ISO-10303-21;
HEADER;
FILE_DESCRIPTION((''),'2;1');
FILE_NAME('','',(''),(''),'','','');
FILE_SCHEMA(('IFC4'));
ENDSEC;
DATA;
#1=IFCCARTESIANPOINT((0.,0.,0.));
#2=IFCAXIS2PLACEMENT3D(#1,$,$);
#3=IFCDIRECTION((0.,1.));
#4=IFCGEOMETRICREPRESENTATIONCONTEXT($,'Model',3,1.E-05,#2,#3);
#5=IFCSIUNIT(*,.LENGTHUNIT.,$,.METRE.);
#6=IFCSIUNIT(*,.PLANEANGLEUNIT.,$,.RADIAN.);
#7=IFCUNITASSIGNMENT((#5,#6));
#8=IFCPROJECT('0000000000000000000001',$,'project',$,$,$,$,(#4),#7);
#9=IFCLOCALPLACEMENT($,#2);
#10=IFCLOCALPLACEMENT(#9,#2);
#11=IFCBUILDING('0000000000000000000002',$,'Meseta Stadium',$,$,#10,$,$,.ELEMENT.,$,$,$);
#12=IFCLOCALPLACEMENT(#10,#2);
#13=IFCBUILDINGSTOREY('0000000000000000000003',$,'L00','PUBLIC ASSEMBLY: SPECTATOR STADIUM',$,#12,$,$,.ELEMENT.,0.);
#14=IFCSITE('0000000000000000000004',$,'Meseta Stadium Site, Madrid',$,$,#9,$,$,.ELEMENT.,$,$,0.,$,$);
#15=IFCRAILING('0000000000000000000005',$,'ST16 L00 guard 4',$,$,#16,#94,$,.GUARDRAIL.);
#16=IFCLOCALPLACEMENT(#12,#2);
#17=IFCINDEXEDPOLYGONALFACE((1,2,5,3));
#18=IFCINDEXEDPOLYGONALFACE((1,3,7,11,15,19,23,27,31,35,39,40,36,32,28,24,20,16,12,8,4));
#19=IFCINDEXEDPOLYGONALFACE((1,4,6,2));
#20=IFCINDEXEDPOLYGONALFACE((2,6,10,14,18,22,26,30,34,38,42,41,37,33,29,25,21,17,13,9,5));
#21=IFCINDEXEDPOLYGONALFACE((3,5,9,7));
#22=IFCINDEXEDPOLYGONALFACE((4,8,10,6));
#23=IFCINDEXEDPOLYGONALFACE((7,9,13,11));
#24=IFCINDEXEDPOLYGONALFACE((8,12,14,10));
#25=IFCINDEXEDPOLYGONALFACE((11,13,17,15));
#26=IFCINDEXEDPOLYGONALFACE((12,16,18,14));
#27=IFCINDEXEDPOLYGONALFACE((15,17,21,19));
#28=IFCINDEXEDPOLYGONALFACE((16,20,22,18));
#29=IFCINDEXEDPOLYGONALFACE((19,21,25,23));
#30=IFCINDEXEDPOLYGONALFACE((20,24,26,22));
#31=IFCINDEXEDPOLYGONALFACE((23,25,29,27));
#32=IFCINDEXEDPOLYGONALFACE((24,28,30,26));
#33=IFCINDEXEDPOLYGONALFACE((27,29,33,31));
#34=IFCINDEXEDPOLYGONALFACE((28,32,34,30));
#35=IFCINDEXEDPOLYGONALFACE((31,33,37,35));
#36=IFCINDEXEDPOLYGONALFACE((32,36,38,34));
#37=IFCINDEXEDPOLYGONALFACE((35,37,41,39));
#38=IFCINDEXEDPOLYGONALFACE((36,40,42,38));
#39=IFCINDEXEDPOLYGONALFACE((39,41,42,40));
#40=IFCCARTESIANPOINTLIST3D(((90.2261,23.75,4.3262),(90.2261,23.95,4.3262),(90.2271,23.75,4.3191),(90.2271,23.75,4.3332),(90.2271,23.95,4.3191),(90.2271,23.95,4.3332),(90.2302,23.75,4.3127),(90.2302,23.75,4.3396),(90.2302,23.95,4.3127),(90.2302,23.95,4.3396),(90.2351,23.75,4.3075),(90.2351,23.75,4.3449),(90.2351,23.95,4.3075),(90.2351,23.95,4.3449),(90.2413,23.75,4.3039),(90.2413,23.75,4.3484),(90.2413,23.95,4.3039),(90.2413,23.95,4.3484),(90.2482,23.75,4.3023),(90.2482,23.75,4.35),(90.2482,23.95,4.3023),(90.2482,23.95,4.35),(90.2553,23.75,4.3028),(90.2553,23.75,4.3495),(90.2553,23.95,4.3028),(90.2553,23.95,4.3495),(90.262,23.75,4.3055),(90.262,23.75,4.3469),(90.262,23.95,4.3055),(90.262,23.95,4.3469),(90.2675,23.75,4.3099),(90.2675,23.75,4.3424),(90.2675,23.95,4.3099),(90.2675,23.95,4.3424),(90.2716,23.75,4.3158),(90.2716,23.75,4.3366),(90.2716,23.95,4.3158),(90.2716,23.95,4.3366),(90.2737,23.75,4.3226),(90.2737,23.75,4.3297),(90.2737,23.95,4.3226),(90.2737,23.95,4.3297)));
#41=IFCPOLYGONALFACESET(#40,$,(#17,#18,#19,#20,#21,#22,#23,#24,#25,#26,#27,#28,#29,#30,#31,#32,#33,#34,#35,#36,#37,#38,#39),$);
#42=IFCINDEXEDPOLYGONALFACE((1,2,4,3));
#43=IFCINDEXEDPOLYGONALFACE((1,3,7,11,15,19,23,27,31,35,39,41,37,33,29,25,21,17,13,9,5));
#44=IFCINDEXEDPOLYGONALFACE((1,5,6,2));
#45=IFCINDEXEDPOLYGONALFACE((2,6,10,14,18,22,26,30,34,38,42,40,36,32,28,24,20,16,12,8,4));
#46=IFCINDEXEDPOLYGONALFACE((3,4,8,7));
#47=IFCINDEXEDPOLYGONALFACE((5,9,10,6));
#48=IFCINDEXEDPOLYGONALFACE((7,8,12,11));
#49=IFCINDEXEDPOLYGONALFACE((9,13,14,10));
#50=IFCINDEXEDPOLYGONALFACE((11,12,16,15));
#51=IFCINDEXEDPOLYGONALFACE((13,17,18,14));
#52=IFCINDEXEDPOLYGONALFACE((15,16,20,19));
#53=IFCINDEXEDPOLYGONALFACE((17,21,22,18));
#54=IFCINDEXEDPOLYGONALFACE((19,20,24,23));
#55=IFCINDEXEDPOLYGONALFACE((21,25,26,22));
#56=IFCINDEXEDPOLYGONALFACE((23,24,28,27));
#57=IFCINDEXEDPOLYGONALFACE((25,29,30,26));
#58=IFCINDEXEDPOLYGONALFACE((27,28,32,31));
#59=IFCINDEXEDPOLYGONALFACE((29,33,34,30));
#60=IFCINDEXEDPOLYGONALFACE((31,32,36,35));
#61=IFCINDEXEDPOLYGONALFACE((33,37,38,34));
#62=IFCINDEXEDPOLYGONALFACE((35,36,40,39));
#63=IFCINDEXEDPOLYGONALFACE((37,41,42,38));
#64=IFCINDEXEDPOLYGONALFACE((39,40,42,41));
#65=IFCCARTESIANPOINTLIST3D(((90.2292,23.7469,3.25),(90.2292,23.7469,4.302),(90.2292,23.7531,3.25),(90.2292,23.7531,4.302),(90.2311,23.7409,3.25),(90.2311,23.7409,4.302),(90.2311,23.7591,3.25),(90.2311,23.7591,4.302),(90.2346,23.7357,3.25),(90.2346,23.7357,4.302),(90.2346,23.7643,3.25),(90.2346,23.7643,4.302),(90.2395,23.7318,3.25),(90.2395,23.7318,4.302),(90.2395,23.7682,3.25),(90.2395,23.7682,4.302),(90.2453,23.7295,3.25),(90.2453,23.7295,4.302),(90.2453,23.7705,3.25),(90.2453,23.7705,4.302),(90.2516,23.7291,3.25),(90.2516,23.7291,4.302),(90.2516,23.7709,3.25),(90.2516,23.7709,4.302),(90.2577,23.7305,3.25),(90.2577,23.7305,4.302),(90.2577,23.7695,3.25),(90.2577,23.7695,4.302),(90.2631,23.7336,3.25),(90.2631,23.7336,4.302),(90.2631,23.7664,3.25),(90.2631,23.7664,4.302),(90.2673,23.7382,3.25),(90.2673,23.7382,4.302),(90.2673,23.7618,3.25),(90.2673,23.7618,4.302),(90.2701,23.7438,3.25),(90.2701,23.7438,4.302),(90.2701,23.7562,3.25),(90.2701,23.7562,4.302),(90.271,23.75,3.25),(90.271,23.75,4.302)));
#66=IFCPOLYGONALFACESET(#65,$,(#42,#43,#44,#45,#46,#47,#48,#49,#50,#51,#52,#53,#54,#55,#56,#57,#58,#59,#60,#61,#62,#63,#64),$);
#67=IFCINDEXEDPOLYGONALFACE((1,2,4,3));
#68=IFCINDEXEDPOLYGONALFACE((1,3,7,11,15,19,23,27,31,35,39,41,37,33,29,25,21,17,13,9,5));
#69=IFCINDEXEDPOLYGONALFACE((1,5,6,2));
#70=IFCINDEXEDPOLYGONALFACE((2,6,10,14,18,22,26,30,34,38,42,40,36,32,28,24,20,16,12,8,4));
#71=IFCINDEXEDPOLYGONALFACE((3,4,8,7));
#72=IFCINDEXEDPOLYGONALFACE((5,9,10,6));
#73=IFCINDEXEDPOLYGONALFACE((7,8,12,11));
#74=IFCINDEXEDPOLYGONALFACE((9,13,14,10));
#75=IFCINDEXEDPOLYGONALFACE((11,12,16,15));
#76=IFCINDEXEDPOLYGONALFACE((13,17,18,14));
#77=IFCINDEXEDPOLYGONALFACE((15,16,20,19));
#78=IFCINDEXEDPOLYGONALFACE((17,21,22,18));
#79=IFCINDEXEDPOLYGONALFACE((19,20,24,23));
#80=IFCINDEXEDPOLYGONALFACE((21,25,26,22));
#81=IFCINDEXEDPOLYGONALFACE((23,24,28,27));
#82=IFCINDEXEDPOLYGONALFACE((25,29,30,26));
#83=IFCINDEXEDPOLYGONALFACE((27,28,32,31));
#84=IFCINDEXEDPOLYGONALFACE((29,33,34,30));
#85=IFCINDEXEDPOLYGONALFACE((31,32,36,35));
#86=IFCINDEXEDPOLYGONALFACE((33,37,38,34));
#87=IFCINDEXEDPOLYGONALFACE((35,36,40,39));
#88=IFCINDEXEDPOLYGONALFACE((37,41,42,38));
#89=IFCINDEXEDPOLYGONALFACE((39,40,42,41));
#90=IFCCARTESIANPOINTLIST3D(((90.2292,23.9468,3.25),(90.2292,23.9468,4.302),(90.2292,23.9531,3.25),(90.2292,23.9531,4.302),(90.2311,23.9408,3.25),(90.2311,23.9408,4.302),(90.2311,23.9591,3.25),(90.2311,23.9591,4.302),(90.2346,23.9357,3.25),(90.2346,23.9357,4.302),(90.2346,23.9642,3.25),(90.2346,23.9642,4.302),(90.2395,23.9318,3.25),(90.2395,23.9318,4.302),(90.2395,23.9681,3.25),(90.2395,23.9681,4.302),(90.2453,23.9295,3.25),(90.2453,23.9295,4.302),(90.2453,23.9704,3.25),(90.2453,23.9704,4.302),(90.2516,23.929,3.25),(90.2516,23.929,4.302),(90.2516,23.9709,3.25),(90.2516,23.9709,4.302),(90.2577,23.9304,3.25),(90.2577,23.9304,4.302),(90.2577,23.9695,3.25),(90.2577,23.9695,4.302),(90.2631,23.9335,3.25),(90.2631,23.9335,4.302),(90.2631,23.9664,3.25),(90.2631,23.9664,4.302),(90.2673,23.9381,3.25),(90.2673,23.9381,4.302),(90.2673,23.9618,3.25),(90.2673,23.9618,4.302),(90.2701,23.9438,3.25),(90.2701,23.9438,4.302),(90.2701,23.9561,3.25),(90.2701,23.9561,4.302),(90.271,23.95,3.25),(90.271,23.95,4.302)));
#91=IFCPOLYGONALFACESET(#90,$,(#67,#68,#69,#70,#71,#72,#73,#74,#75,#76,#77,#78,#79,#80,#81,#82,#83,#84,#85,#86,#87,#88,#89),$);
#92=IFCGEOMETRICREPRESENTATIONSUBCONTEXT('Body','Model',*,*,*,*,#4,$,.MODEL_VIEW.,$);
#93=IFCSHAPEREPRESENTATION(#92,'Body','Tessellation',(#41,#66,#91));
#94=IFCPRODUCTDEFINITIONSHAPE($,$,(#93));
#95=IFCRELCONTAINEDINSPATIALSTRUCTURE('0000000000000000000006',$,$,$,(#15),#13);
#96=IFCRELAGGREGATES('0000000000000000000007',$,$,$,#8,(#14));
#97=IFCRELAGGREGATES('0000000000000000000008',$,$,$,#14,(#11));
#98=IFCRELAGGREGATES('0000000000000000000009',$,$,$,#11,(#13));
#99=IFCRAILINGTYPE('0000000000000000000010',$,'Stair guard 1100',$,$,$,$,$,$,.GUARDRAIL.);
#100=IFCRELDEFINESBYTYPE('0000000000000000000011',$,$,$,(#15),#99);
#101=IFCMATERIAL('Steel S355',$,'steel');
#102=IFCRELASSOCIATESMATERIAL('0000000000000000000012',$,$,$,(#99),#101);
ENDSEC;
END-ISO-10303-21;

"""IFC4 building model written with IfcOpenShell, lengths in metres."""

from ifc_helpers import new_model, si_unit, direction, frame, origin, origin_2d, place, context, subcontext, project, spatial, circle, extrude, material, type_object, element, save


model = new_model("IFC4")

# Units and contexts
model_context = context("Model", 3, precision=1e-05, world=origin(), true_north=direction((0.0, 1.0)))
body_context = subcontext(model_context, "Body", "Model", "MODEL_VIEW")
ifc_project = project(units=[si_unit("LENGTHUNIT", "METRE"), si_unit("PLANEANGLEUNIT", "RADIAN")], contexts=[model_context])

# Site, building, storey
site_placement = place(None, origin())
site = spatial("IfcSite", under=ifc_project, at=site_placement, Name="Meseta Stadium Site, Madrid", CompositionType="ELEMENT", RefElevation=0.0)
building_placement = place(site_placement, origin())
building = spatial("IfcBuilding", under=site, at=building_placement, Name="Meseta Stadium", CompositionType="ELEMENT")
storey_placement = place(building_placement, origin())
storey = spatial("IfcBuildingStorey", under=building, at=storey_placement, Name="L00", Description="PUBLIC ASSEMBLY: SPECTATOR STADIUM", CompositionType="ELEMENT", Elevation=0.0)

# Railing
ifc_material_1 = material(Name="Steel S355", Category="steel")
railing_type_1 = type_object("IfcRailingType", Name="Stair guard 1100", PredefinedType="GUARDRAIL", material=ifc_material_1)
railing_1_placement = place(storey_placement, frame((90.25, 23.75, 3.25)))
element("IfcRailing", 1, at=railing_1_placement, inside=storey, type_object=railing_type_1, Name="ST16 L00 guard 4", PredefinedType="GUARDRAIL", context=body_context, shape_type="SweptSolid", body=[
    extrude(circle(Radius=0.0239, at=origin_2d()), frame((0.0, 0.0, 1.0762), z_axis=(0.0, 1.0, 0.0), x_axis=(-1.0, 0.0, 0.0)), (0.0, 0.0, 1.0), 0.2),
    extrude(circle(Radius=0.021, at=origin_2d()), origin(), (0.0, 0.0, 1.0), 1.052),
    extrude(circle(Radius=0.021, at=origin_2d()), frame((0.0, 0.2, 0.0)), (0.0, 0.0, 1.0), 1.052),
])

save(model, "model.ifc")
